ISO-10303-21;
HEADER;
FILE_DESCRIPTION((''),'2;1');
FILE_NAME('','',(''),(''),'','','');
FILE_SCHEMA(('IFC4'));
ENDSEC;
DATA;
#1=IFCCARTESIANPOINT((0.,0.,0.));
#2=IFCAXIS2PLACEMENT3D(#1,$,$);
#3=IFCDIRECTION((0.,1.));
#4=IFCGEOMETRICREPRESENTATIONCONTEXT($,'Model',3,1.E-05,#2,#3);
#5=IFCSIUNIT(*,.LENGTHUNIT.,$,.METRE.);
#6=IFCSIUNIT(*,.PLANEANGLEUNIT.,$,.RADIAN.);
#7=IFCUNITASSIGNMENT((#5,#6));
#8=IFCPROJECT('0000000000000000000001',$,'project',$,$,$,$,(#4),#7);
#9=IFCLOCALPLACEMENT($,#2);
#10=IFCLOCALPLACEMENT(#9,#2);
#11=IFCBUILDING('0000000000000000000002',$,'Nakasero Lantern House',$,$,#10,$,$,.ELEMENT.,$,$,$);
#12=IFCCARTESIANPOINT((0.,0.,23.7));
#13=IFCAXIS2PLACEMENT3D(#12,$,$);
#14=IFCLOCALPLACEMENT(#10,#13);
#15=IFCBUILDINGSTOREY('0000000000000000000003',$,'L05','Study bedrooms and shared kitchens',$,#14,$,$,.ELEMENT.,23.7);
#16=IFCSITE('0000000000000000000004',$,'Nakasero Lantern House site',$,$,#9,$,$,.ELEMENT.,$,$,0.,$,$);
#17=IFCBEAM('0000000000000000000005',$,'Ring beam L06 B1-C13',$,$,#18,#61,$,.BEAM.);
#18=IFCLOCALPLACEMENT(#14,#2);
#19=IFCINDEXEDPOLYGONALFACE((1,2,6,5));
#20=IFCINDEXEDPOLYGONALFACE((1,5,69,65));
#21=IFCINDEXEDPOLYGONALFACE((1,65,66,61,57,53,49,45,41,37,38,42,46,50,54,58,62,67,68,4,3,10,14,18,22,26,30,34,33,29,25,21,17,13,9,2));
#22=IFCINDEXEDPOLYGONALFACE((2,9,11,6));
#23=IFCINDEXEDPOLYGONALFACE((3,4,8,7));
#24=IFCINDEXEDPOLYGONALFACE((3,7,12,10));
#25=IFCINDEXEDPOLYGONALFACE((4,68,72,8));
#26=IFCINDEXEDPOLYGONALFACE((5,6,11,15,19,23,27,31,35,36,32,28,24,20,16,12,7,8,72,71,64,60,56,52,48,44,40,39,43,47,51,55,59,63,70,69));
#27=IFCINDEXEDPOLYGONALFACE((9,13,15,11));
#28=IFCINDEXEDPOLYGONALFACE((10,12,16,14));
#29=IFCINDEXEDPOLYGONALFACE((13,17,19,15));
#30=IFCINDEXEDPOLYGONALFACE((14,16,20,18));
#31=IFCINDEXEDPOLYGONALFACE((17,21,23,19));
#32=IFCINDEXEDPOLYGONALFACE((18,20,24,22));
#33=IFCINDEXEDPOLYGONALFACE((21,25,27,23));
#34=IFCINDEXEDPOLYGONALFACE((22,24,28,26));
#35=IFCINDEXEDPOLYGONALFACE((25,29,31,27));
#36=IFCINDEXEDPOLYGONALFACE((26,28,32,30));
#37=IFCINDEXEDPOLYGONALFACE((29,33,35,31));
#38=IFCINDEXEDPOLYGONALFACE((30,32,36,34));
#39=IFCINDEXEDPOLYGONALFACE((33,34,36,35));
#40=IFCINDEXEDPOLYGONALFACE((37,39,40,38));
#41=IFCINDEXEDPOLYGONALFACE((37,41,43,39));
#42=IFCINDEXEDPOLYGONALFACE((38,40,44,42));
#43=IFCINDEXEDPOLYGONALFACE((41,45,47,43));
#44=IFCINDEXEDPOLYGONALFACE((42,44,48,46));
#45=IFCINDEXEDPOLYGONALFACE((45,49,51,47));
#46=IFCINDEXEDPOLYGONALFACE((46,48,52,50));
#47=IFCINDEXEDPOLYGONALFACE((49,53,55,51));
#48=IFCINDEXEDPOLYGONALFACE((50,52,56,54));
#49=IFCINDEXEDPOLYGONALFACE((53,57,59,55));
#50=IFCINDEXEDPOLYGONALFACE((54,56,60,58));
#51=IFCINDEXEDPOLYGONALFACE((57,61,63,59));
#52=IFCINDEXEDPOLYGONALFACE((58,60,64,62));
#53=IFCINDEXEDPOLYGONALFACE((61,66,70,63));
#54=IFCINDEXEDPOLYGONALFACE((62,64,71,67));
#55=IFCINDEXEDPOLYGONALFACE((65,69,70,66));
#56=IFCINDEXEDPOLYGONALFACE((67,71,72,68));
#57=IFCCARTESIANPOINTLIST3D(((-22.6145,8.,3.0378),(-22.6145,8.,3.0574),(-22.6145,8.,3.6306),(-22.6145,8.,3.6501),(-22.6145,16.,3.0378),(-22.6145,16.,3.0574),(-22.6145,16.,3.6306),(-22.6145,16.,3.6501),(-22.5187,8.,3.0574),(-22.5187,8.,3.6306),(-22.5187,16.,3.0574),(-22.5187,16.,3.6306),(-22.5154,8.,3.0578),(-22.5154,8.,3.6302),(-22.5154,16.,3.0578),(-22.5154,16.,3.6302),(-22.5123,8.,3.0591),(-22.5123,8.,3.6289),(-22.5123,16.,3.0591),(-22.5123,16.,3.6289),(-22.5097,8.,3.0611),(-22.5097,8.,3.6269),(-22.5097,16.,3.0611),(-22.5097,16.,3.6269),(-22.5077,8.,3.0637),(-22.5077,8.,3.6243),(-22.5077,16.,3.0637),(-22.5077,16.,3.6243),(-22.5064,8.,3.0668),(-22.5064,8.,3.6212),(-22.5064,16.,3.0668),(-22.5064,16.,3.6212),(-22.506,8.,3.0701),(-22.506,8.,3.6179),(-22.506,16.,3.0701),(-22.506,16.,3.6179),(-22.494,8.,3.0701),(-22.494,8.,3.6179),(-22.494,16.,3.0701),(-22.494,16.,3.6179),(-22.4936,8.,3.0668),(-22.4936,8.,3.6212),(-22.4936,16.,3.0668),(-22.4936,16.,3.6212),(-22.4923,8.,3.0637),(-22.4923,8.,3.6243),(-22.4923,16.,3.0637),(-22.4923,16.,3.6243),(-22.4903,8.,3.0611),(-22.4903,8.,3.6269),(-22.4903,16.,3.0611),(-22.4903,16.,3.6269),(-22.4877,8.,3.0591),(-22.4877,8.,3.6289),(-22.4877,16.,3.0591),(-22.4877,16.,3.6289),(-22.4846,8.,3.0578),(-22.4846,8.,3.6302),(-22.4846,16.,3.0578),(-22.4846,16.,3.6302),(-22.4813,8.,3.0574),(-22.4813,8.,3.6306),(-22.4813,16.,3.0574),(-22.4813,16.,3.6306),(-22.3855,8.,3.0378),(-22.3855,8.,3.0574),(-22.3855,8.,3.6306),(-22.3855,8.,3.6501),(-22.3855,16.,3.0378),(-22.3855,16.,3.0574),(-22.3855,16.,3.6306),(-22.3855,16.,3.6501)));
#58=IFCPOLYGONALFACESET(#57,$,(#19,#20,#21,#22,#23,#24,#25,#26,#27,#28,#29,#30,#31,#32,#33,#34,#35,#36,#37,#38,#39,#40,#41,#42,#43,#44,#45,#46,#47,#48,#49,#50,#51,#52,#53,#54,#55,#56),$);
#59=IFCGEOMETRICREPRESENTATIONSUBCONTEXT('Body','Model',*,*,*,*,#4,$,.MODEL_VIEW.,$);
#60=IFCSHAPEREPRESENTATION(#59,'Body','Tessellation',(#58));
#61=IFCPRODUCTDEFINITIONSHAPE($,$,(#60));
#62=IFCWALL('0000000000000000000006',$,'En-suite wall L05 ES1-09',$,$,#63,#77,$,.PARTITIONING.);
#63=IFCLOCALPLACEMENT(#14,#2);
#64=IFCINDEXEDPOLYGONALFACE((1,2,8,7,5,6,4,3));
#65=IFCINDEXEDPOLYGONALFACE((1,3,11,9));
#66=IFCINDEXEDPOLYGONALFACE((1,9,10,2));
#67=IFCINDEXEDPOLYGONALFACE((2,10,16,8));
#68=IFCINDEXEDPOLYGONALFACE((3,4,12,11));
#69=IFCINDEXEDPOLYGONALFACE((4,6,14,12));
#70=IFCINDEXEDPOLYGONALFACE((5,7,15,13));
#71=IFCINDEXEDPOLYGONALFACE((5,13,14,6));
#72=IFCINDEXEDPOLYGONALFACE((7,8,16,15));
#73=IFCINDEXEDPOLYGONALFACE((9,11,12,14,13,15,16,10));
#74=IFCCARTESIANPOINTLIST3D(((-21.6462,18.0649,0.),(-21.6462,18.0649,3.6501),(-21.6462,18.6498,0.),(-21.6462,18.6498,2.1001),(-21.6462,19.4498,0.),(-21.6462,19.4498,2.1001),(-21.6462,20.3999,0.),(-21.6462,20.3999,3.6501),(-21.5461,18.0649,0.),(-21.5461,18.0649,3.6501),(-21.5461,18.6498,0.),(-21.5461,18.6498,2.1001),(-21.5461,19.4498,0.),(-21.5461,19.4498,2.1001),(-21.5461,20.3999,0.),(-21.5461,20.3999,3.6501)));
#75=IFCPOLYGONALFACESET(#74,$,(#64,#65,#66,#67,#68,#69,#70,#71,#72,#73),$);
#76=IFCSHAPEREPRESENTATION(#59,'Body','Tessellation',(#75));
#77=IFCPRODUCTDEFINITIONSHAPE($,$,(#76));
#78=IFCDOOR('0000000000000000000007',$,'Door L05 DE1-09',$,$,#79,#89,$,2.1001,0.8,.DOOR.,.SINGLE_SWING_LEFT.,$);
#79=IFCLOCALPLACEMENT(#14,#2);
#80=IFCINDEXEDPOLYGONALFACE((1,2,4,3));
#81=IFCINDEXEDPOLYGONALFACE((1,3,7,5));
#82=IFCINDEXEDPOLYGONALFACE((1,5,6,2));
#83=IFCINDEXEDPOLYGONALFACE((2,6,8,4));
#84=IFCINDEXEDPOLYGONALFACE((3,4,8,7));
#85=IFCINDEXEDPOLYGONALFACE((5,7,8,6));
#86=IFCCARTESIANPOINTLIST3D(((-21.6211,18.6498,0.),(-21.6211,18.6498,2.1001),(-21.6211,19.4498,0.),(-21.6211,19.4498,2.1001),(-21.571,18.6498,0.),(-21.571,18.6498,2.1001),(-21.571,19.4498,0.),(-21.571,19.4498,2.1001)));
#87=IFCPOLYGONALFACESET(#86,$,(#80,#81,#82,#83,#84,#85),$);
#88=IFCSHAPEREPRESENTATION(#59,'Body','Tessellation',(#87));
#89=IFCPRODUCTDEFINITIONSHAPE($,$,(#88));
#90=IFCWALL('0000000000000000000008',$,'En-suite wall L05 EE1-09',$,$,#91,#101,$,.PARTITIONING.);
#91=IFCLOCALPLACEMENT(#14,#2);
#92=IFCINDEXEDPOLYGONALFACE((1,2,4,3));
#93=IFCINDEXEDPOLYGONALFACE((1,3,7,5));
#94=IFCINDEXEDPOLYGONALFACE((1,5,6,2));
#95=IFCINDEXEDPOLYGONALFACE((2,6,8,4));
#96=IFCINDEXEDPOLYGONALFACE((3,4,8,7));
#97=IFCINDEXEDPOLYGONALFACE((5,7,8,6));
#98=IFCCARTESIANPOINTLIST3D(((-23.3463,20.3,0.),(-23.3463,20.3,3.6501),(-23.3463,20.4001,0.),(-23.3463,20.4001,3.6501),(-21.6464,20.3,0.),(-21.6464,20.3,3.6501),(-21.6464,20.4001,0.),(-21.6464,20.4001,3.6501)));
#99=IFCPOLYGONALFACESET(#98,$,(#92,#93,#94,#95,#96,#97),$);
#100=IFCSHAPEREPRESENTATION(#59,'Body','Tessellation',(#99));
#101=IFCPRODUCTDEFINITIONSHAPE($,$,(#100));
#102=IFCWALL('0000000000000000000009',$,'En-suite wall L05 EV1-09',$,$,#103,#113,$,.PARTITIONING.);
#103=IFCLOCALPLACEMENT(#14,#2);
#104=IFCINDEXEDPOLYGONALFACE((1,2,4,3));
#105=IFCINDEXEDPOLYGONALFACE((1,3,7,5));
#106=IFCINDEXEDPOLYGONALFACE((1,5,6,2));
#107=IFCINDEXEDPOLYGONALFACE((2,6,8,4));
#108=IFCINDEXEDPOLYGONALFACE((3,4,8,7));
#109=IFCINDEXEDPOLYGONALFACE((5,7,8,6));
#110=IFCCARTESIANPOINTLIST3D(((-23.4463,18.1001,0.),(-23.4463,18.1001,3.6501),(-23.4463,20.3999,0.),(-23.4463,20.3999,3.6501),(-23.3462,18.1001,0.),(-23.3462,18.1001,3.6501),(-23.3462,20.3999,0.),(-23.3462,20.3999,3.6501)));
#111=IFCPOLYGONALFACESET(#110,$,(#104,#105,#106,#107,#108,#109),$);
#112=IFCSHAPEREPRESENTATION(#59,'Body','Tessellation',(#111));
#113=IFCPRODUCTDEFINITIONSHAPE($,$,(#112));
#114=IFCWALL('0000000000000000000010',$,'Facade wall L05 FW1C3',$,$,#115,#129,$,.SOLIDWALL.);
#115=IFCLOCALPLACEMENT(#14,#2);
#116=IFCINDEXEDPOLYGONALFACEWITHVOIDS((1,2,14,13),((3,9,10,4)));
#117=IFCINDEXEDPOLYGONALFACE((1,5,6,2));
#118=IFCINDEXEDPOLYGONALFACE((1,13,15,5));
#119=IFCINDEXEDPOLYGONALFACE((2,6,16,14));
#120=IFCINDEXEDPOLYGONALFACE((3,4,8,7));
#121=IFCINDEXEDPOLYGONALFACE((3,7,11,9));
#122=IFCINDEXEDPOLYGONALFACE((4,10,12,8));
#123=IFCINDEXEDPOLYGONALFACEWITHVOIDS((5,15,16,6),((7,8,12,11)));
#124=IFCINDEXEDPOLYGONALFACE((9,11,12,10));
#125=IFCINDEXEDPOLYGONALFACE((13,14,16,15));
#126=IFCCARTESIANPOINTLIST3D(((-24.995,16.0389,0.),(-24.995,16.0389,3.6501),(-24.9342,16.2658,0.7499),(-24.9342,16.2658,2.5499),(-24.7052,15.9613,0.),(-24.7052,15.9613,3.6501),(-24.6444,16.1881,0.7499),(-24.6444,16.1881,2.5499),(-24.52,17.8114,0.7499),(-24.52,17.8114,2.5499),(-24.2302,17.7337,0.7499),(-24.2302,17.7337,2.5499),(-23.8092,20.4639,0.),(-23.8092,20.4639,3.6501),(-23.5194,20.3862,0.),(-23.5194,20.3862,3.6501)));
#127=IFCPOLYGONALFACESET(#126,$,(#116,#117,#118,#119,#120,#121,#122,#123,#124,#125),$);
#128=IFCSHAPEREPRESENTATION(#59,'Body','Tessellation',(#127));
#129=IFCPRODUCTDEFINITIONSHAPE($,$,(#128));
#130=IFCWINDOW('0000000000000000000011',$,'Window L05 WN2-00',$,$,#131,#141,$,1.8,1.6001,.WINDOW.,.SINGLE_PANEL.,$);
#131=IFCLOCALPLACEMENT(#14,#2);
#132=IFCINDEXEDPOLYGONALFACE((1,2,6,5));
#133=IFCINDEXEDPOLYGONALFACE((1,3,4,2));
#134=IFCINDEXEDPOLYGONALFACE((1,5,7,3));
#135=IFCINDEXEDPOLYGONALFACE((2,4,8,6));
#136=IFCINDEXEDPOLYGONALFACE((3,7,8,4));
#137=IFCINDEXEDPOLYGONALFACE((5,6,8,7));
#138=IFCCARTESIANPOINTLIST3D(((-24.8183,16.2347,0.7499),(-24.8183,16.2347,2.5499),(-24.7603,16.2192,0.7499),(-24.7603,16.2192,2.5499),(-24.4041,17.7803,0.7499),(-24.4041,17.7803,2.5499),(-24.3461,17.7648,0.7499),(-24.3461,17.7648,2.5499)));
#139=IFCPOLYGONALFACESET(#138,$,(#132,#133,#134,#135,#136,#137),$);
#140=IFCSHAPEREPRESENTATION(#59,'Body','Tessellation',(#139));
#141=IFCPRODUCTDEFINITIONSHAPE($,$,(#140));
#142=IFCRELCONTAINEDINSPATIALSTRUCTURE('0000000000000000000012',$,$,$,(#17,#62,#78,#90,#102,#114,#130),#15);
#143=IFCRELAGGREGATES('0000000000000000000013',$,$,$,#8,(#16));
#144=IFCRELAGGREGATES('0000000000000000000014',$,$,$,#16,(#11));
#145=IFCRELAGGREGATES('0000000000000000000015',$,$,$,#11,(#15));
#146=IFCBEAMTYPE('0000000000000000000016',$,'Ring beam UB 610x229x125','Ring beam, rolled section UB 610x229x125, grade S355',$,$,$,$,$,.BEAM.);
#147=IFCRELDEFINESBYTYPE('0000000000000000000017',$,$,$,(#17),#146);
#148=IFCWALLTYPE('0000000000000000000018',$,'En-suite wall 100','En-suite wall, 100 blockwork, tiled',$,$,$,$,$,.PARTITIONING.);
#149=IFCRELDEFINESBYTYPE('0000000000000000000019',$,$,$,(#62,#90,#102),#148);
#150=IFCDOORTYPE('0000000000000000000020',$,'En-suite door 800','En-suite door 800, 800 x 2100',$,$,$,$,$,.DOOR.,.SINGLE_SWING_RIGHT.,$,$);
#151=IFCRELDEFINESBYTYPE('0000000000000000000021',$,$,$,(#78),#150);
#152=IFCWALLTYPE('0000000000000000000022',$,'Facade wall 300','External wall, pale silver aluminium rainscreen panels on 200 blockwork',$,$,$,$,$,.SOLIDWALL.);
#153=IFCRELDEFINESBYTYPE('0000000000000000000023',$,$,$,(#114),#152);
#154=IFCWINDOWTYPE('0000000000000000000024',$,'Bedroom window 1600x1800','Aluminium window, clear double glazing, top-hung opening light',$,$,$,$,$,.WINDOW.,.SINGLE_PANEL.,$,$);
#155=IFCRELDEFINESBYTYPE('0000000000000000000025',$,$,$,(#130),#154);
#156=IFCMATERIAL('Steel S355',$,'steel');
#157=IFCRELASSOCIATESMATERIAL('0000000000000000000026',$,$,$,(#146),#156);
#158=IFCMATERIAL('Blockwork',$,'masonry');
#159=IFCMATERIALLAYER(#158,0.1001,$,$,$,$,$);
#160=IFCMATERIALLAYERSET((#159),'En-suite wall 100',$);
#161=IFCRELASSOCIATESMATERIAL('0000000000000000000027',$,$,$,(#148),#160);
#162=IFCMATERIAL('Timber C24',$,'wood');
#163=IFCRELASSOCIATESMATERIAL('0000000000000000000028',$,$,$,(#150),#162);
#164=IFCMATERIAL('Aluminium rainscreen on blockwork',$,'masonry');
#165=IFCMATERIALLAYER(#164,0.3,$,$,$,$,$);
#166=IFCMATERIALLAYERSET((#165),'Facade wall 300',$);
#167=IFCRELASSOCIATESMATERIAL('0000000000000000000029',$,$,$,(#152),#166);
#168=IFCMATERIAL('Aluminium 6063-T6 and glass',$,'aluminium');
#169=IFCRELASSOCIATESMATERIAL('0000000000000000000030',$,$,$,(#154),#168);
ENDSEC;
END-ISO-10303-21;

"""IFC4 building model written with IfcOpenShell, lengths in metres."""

from ifc_helpers import new_model, si_unit, direction, frame, frame_2d, origin, origin_2d, place, context, subcontext, project, spatial, rectangle, i_section, extrude, material, layer, layer_set, material_profile, profile_set, type_object, element, fill, save


model = new_model("IFC4")

# Units and contexts
model_context = context("Model", 3, precision=1e-05, world=origin(), true_north=direction((0.0, 1.0)))
body_context = subcontext(model_context, "Body", "Model", "MODEL_VIEW")
ifc_project = project(units=[si_unit("LENGTHUNIT", "METRE"), si_unit("PLANEANGLEUNIT", "RADIAN")], contexts=[model_context])

# Site, building, storey
site_placement = place(None, origin())
site = spatial("IfcSite", under=ifc_project, at=site_placement, Name="Nakasero Lantern House site", CompositionType="ELEMENT", RefElevation=0.0)
building_placement = place(site_placement, origin())
building = spatial("IfcBuilding", under=site, at=building_placement, Name="Nakasero Lantern House", CompositionType="ELEMENT")
storey_placement = place(building_placement, frame((0.0, 0.0, 23.7)))
storey = spatial("IfcBuildingStorey", under=building, at=storey_placement, Name="L05", Description="Study bedrooms and shared kitchens", CompositionType="ELEMENT", Elevation=23.7)

# Beam
ifc_material_1 = material(Name="Steel S355", Category="steel")
ifc_material_profile_1 = material_profile(ifc_material_1, i_section(OverallWidth=0.229, OverallDepth=0.6123, WebThickness=0.012, FlangeThickness=0.0195, FilletRadius=0.0127, at=origin_2d()), Name="UB 610x229x125")
ifc_profile_set_1 = profile_set([ifc_material_profile_1], Name="Steel S355")
beam_type_1 = type_object("IfcBeamType", Name="Ring beam UB 610x229x125", Description="Ring beam, rolled section UB 610x229x125, grade S355", PredefinedType="BEAM", material=ifc_profile_set_1)
beam_1_placement = place(storey_placement, frame((-22.5, 16.0, 3.344), z_axis=(0.0, -1.0, 0.0), x_axis=(1.0, 0.0, 0.0)))
element("IfcBeam", 1, at=beam_1_placement, inside=storey, type_object=beam_type_1, Name="Ring beam L06 B1-C13", PredefinedType="BEAM", context=body_context, shape_type="SweptSolid", body=[
    extrude(i_section(OverallWidth=0.229, OverallDepth=0.6123, WebThickness=0.012, FlangeThickness=0.0195, FilletRadius=0.0127, at=origin_2d()), origin(), (0.0, 0.0, 1.0), 8.0),
])

# Wall, opening, door
ifc_material_2 = material(Name="Blockwork", Category="masonry")
ifc_layer_1 = layer(ifc_material_2, 0.1001)
ifc_layer_set_1 = layer_set([ifc_layer_1], Name="En-suite wall 100")
wall_type_1 = type_object("IfcWallType", Name="En-suite wall 100", Description="En-suite wall, 100 blockwork, tiled", PredefinedType="PARTITIONING", material=ifc_layer_set_1)
wall_1_placement = place(storey_placement, frame((-21.5962, 18.0649, 0.0), z_axis=(0.0, 0.0, 1.0), x_axis=(0.0, 1.0, 0.0)))
wall_1 = element("IfcWall", 2, at=wall_1_placement, inside=storey, type_object=wall_type_1, Name="En-suite wall L05 ES1-09", PredefinedType="PARTITIONING", context=body_context, shape_type="SweptSolid", body=[
    extrude(rectangle(XDim=2.335, YDim=0.1001, at=frame_2d((1.1675, 0.0))), origin(), (0.0, 0.0, 1.0), 3.6501),
])
opening_1_placement = place(wall_1_placement, frame((0.585, 0.0, 0.0)))
opening_1 = element("IfcOpeningElement", 3, at=opening_1_placement, cuts=wall_1, PredefinedType="OPENING", context=body_context, shape_type="SweptSolid", body=[
    extrude(rectangle(XDim=0.8, YDim=2.1001, at=frame_2d((0.3999, 1.05))), frame((0.0, 0.0701, 0.0), z_axis=(0.0, -1.0, 0.0), x_axis=(1.0, 0.0, 0.0)), (0.0, 0.0, 1.0), 0.1401),
])
ifc_material_3 = material(Name="Timber C24", Category="wood")
door_type_1 = type_object("IfcDoorType", Name="En-suite door 800", Description="En-suite door 800, 800 x 2100", OperationType="SINGLE_SWING_RIGHT", PredefinedType="DOOR", material=ifc_material_3)
door_1_placement = place(opening_1_placement, origin())
door_1 = element("IfcDoor", 4, at=door_1_placement, inside=storey, type_object=door_type_1, Name="Door L05 DE1-09", OperationType="SINGLE_SWING_LEFT", OverallHeight=2.1001, OverallWidth=0.8, PredefinedType="DOOR", context=body_context, shape_type="SweptSolid", body=[
    extrude(rectangle(XDim=0.8, YDim=2.1001, at=frame_2d((0.3999, 1.05))), frame((0.0, 0.0249, 0.0), z_axis=(0.0, -1.0, 0.0), x_axis=(1.0, 0.0, 0.0)), (0.0, 0.0, 1.0), 0.05),
])
fill(opening_1, door_1)

# Walls
wall_2_placement = place(storey_placement, frame((-21.6462, 20.3501, 0.0), z_axis=(0.0, 0.0, 1.0), x_axis=(-1.0, 0.0, 0.0)))
element("IfcWall", 5, at=wall_2_placement, inside=storey, type_object=wall_type_1, Name="En-suite wall L05 EE1-09", PredefinedType="PARTITIONING", context=body_context, shape_type="SweptSolid", body=[
    extrude(rectangle(XDim=1.7, YDim=0.1001, at=frame_2d((0.8501, 0.0))), origin(), (0.0, 0.0, 1.0), 3.6501),
])
wall_3_placement = place(storey_placement, frame((-23.3962, 18.1001, 0.0), z_axis=(0.0, 0.0, 1.0), x_axis=(0.0, 1.0, 0.0)))
element("IfcWall", 6, at=wall_3_placement, inside=storey, type_object=wall_type_1, Name="En-suite wall L05 EV1-09", PredefinedType="PARTITIONING", context=body_context, shape_type="SweptSolid", body=[
    extrude(rectangle(XDim=2.2998, YDim=0.1001, at=frame_2d((1.1499, 0.0))), origin(), (0.0, 0.0, 1.0), 3.6501),
])

# Wall, opening, window
ifc_material_4 = material(Name="Aluminium rainscreen on blockwork", Category="masonry")
ifc_layer_2 = layer(ifc_material_4, 0.3)
ifc_layer_set_2 = layer_set([ifc_layer_2], Name="Facade wall 300")
wall_type_2 = type_object("IfcWallType", Name="Facade wall 300", Description="External wall, pale silver aluminium rainscreen panels on 200 blockwork", PredefinedType="SOLIDWALL", material=ifc_layer_set_2)
wall_4_placement = place(storey_placement, frame((-23.6643, 20.425, 0.0), z_axis=(0.0, 0.0, 1.0), x_axis=(-0.25884, -0.96592, 0.0)))
wall_4 = element("IfcWall", 7, at=wall_4_placement, inside=storey, type_object=wall_type_2, Name="Facade wall L05 FW1C3", PredefinedType="SOLIDWALL", context=body_context, shape_type="SweptSolid", body=[
    extrude(rectangle(XDim=4.5811, YDim=0.3, at=frame_2d((2.2905, 0.0))), origin(), (0.0, 0.0, 1.0), 3.6501),
])
opening_2_placement = place(wall_4_placement, frame((2.7461, 0.0, 0.75)))
opening_2 = element("IfcOpeningElement", 8, at=opening_2_placement, cuts=wall_4, PredefinedType="OPENING", context=body_context, shape_type="SweptSolid", body=[
    extrude(rectangle(XDim=1.6001, YDim=1.8, at=frame_2d((0.8, 0.8999))), frame((0.0, 0.1699, 0.0), z_axis=(0.0, -1.0, 0.0), x_axis=(1.0, 0.0, 0.0)), (0.0, 0.0, 1.0), 0.3401),
])
ifc_material_5 = material(Name="Aluminium 6063-T6 and glass", Category="aluminium")
window_type_1 = type_object("IfcWindowType", Name="Bedroom window 1600x1800", Description="Aluminium window, clear double glazing, top-hung opening light", PartitioningType="SINGLE_PANEL", PredefinedType="WINDOW", material=ifc_material_5)
window_1_placement = place(opening_2_placement, origin())
window_1 = element("IfcWindow", 9, at=window_1_placement, inside=storey, type_object=window_type_1, Name="Window L05 WN2-00", OverallHeight=1.8, OverallWidth=1.6001, PartitioningType="SINGLE_PANEL", PredefinedType="WINDOW", context=body_context, shape_type="SweptSolid", body=[
    extrude(rectangle(XDim=1.6001, YDim=1.8, at=frame_2d((0.8, 0.8999))), frame((0.0, 0.03, 0.0), z_axis=(0.0, -1.0, 0.0), x_axis=(1.0, 0.0, 0.0)), (0.0, 0.0, 1.0), 0.0601),
])
fill(opening_2, window_1)

save(model, "model.ifc")
